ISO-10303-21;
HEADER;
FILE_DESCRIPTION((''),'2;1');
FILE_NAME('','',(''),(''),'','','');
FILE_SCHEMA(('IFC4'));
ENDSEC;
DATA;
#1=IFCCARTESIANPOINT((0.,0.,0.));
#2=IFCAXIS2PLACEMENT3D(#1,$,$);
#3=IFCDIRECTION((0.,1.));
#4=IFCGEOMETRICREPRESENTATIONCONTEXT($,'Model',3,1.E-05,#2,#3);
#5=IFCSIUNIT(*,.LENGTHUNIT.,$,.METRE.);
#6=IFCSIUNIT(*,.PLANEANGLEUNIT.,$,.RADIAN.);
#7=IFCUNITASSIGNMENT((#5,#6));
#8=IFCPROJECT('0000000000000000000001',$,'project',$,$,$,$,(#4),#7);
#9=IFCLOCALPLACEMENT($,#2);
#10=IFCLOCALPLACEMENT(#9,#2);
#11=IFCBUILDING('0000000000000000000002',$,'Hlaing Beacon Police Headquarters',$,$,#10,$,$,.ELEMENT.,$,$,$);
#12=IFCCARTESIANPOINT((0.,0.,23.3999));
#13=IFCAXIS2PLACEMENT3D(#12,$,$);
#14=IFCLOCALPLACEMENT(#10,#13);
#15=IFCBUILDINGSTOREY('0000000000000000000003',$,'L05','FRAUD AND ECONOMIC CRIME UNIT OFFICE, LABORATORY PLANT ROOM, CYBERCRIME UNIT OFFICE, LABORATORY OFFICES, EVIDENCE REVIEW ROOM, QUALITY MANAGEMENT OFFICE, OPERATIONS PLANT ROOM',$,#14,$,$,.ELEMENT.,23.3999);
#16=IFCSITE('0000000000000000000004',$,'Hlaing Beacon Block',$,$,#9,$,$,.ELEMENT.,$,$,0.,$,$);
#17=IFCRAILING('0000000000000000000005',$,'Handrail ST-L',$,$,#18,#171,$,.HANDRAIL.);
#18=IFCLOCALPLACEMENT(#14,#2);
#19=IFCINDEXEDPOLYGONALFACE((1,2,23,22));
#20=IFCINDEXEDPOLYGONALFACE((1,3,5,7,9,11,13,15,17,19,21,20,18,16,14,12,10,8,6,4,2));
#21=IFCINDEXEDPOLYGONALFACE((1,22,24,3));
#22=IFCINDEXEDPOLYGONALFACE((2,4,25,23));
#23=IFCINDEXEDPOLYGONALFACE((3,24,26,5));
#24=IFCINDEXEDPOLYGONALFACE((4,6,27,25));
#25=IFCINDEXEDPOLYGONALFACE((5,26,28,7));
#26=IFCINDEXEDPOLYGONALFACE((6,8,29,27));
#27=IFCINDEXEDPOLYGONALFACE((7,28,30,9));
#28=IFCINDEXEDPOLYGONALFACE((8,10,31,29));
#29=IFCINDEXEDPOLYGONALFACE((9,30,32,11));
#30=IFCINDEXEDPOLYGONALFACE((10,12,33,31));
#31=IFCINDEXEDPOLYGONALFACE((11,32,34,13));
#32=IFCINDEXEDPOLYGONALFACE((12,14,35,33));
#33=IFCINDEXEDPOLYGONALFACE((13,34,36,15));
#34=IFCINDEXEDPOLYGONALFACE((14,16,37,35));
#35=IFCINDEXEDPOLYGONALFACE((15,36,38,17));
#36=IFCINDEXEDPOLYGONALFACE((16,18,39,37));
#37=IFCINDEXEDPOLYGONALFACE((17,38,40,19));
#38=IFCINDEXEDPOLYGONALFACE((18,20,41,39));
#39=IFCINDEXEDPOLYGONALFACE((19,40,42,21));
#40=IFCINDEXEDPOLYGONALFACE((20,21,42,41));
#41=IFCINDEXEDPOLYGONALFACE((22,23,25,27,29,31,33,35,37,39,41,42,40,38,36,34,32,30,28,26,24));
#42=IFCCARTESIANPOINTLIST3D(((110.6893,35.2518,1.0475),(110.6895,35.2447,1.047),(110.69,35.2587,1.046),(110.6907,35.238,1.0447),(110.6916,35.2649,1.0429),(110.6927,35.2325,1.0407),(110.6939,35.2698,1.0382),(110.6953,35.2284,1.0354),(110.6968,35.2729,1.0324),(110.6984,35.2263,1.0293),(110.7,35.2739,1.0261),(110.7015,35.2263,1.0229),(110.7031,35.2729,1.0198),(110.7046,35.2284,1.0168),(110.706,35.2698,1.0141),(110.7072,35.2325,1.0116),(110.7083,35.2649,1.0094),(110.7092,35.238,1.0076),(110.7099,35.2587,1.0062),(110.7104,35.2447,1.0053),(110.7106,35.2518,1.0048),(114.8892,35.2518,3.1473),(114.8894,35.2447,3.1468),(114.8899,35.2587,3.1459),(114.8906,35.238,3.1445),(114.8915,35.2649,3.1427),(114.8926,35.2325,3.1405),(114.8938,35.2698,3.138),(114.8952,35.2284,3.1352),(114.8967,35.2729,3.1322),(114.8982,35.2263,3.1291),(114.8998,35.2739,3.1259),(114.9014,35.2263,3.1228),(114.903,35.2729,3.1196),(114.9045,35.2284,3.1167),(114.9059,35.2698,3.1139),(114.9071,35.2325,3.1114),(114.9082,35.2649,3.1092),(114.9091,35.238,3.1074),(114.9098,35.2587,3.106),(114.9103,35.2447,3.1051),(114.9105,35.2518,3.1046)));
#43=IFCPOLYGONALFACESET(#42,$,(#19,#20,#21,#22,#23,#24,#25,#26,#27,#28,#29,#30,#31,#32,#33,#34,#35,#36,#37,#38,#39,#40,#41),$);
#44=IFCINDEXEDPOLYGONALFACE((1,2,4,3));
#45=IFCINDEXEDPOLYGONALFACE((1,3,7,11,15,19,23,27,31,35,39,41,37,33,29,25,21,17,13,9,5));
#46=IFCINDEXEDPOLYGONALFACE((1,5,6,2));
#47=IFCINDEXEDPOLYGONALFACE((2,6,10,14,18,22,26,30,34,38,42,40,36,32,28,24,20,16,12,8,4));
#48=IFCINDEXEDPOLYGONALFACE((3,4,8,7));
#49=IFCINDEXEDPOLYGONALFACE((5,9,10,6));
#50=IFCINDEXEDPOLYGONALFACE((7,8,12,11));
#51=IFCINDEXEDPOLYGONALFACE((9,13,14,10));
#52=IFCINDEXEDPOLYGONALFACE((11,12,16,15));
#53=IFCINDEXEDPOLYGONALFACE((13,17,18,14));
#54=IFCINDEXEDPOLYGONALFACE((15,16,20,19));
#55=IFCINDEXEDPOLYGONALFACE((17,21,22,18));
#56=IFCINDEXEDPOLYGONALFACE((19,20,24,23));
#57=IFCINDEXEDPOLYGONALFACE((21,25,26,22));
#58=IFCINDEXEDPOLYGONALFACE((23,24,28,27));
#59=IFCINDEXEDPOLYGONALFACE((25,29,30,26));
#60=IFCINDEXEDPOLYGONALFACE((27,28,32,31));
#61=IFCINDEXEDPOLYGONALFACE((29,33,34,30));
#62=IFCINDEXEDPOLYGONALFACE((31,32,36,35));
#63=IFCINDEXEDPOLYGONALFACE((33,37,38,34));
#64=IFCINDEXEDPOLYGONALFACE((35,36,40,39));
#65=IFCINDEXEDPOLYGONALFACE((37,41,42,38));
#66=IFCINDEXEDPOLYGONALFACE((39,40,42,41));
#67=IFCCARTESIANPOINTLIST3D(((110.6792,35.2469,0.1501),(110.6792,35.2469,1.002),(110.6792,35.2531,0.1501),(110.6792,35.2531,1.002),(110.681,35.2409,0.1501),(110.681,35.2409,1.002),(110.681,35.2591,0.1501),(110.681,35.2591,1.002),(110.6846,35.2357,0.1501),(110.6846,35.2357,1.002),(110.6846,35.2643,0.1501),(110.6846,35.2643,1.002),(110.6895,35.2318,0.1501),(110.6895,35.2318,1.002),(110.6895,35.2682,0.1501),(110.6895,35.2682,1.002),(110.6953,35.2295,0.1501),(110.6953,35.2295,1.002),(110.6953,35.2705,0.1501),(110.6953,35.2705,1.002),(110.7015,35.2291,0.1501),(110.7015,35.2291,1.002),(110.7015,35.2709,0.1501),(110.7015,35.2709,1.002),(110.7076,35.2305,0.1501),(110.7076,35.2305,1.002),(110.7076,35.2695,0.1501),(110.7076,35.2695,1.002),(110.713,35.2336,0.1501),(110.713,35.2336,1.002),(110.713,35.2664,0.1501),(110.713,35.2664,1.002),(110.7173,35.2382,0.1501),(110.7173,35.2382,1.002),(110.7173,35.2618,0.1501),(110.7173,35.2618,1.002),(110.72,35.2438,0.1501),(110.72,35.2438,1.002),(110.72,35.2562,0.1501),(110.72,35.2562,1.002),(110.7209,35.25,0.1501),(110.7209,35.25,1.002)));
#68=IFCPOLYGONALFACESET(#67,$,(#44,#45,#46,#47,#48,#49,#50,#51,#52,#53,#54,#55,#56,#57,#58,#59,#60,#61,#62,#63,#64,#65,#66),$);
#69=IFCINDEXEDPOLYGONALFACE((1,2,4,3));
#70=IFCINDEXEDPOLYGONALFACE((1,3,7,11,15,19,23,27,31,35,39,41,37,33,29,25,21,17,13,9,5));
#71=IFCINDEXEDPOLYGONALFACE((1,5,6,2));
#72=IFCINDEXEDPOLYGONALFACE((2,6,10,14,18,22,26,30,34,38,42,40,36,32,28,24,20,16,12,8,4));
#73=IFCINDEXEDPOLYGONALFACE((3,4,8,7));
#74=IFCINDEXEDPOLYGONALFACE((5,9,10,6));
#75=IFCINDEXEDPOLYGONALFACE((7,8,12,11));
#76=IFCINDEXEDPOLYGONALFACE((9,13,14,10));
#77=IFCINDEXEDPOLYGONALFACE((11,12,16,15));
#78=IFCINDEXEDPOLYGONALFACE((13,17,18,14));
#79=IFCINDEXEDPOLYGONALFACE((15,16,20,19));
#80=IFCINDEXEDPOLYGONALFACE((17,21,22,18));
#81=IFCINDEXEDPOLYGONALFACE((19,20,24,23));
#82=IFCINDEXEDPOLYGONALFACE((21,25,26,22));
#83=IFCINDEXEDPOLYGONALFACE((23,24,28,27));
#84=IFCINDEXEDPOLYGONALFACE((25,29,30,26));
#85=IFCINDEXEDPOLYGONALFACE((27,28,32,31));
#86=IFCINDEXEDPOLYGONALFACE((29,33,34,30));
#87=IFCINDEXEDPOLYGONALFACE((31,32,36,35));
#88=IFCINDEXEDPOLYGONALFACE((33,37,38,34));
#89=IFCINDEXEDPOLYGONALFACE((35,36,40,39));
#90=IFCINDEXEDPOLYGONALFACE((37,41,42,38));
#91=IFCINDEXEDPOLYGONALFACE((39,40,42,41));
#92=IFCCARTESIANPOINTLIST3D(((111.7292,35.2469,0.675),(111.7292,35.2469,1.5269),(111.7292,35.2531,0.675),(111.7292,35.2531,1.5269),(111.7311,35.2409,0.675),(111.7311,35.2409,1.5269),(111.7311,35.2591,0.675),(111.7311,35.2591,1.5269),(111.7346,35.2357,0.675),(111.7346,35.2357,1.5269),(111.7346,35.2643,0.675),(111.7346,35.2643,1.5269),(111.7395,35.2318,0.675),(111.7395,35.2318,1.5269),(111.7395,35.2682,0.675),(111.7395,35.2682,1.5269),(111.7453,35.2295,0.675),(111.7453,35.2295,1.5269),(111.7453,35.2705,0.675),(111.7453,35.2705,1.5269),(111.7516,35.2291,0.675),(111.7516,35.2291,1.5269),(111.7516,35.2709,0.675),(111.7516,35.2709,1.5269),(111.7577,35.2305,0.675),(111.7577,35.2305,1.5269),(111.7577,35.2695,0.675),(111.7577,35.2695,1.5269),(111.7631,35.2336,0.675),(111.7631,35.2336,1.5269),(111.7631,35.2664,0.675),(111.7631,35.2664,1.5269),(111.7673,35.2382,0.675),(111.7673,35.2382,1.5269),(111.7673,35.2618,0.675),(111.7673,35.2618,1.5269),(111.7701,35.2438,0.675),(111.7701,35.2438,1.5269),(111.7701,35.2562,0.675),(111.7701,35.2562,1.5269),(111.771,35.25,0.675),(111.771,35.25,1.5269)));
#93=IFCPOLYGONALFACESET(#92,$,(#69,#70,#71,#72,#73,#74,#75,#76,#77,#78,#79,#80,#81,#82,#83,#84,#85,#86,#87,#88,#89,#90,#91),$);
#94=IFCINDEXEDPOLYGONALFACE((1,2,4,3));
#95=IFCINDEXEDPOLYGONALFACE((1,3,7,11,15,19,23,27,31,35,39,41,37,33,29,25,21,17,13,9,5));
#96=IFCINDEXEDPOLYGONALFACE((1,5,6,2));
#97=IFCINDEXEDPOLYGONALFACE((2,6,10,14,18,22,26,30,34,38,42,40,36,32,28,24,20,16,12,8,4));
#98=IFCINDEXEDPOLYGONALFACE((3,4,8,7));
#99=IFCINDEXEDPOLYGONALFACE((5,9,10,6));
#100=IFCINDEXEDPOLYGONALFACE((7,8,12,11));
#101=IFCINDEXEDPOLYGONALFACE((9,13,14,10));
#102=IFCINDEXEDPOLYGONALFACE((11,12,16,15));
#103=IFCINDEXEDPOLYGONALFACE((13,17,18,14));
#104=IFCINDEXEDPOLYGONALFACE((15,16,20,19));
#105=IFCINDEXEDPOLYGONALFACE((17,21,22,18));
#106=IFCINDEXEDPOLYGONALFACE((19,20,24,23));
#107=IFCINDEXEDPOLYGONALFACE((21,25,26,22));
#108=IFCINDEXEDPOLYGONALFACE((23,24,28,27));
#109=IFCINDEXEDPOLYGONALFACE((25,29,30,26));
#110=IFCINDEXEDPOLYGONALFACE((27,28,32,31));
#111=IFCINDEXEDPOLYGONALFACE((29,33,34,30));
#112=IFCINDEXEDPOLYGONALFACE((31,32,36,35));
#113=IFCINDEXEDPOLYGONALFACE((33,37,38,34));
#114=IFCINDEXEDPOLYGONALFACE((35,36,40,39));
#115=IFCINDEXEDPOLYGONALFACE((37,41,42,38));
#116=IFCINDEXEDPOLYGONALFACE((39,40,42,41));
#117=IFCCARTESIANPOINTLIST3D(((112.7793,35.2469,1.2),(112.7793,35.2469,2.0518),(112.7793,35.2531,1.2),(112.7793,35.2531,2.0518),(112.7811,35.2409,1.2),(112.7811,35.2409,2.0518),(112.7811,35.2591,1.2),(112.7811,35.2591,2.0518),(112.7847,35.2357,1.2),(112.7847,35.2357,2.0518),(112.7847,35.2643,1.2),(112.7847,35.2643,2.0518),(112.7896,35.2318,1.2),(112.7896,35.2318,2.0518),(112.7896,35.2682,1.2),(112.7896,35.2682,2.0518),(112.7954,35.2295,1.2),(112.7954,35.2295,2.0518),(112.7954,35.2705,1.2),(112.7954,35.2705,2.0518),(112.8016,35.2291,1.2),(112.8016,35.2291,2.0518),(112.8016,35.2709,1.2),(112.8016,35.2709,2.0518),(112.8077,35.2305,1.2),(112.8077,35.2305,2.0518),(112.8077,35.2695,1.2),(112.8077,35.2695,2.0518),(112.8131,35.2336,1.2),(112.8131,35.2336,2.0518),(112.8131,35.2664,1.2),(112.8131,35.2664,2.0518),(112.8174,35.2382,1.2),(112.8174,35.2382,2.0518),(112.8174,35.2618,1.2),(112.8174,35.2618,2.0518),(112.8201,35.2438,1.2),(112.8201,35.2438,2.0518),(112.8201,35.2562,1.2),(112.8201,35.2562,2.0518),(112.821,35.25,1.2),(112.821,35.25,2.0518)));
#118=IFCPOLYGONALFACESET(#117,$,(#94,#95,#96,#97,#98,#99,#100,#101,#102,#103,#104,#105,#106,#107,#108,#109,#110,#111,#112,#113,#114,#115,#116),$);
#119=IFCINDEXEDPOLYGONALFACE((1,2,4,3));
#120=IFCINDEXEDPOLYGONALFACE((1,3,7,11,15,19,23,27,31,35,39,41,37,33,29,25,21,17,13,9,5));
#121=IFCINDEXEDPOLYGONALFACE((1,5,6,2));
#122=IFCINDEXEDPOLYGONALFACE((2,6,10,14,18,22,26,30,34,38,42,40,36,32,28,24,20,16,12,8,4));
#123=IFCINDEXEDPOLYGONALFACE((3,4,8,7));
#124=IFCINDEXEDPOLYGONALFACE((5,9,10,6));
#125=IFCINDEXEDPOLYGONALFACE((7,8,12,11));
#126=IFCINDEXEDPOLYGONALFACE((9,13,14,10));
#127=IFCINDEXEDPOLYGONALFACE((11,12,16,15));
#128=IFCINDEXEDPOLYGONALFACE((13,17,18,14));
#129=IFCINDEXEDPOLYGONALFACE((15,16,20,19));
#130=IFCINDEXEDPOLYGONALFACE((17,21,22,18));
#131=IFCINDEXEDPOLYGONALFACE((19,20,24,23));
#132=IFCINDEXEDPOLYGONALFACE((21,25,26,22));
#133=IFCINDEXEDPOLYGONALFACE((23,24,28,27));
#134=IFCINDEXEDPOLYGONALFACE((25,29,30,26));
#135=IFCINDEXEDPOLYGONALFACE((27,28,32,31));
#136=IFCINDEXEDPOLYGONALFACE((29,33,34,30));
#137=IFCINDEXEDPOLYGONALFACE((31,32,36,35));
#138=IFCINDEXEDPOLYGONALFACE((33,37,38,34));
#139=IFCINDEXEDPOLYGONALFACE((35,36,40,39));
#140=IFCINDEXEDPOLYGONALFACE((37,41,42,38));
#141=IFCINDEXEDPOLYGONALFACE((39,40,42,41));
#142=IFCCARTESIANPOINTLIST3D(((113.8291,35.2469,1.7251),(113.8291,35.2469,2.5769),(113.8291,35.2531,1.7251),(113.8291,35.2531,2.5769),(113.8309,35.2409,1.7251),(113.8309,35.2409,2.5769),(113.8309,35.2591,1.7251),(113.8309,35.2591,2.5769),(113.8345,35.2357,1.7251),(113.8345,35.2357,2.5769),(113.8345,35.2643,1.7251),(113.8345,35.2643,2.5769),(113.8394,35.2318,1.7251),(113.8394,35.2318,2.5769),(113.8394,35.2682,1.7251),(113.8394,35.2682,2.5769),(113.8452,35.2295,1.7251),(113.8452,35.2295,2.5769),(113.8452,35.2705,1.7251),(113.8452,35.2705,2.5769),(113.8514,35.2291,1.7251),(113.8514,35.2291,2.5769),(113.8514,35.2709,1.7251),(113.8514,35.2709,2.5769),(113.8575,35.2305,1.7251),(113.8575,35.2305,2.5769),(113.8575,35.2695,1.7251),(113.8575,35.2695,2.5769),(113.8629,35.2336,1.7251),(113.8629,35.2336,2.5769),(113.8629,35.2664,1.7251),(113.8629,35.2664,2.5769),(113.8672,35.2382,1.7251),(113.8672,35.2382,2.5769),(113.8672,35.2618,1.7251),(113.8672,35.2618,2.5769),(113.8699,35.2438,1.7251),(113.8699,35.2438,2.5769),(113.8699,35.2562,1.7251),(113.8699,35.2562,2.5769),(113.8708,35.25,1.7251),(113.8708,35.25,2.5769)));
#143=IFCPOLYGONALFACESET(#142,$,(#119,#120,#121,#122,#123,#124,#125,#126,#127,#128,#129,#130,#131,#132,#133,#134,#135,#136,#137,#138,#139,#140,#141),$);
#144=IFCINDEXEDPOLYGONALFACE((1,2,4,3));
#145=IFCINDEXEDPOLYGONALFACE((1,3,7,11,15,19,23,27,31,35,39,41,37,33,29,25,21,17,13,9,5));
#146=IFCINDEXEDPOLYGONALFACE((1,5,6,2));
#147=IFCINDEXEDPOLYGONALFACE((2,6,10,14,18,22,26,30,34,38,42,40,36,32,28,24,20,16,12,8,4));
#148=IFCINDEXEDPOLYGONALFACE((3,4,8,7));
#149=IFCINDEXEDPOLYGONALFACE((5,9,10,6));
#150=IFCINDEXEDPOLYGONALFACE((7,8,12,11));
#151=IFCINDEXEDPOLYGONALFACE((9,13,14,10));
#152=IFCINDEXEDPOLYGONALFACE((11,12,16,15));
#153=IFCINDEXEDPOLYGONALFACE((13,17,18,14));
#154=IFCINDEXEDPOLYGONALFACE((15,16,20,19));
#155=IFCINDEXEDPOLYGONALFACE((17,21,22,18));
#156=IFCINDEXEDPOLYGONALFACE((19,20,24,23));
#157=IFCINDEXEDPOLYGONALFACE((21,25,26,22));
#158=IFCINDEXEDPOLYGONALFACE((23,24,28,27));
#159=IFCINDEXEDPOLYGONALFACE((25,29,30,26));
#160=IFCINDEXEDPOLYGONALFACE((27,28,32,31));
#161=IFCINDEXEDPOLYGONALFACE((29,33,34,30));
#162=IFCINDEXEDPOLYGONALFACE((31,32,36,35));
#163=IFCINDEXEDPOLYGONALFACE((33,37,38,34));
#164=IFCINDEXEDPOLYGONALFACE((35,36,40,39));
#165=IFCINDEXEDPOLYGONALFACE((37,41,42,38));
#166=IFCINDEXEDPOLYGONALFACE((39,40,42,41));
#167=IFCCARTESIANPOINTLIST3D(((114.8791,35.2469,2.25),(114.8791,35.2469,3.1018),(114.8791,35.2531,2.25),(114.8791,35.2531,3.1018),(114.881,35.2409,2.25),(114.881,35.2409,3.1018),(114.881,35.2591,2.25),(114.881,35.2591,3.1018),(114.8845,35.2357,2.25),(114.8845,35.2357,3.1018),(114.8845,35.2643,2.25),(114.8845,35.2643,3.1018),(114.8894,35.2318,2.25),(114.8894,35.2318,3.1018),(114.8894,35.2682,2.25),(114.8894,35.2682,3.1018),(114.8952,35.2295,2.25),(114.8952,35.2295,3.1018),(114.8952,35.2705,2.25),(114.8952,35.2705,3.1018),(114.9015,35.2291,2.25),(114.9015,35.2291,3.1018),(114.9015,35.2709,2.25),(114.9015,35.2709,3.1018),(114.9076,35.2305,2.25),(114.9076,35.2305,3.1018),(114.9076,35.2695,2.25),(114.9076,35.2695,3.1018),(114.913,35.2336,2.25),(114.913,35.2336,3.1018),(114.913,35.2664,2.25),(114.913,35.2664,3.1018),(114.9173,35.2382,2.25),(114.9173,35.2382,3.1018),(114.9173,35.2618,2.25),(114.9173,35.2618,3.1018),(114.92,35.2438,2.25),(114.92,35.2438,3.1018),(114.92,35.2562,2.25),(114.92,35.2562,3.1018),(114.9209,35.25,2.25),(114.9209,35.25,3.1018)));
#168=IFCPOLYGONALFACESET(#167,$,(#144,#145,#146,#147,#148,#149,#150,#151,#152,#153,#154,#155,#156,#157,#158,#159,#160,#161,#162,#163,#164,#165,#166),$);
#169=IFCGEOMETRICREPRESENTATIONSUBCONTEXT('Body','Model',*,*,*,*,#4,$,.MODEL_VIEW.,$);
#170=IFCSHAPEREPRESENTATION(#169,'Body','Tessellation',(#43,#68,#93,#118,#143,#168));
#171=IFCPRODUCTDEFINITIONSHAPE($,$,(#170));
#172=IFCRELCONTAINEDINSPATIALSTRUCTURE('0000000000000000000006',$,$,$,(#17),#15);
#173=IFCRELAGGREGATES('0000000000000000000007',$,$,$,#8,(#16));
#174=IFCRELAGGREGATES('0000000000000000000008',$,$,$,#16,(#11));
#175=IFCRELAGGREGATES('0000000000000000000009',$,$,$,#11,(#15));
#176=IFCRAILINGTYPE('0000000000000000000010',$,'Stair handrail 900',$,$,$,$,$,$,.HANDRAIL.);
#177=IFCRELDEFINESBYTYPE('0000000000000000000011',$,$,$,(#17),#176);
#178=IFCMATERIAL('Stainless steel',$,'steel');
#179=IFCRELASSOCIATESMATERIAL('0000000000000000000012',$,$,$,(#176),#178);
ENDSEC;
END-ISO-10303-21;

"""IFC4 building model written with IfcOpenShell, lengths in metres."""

from ifc_helpers import new_model, si_unit, direction, frame, origin, origin_2d, place, context, subcontext, project, spatial, circle, extrude, material, type_object, element, save


model = new_model("IFC4")

# Units and contexts
model_context = context("Model", 3, precision=1e-05, world=origin(), true_north=direction((0.0, 1.0)))
body_context = subcontext(model_context, "Body", "Model", "MODEL_VIEW")
ifc_project = project(units=[si_unit("LENGTHUNIT", "METRE"), si_unit("PLANEANGLEUNIT", "RADIAN")], contexts=[model_context])

# Site, building, storey
site_placement = place(None, origin())
site = spatial("IfcSite", under=ifc_project, at=site_placement, Name="Hlaing Beacon Block", CompositionType="ELEMENT", RefElevation=0.0)
building_placement = place(site_placement, origin())
building = spatial("IfcBuilding", under=site, at=building_placement, Name="Hlaing Beacon Police Headquarters", CompositionType="ELEMENT")
storey_placement = place(building_placement, frame((0.0, 0.0, 23.3999)))
storey = spatial("IfcBuildingStorey", under=building, at=storey_placement, Name="L05", Description="FRAUD AND ECONOMIC CRIME UNIT OFFICE, LABORATORY PLANT ROOM, CYBERCRIME UNIT OFFICE, LABORATORY OFFICES, EVIDENCE REVIEW ROOM, QUALITY MANAGEMENT OFFICE, OPERATIONS PLANT ROOM", CompositionType="ELEMENT", Elevation=23.3999)

# Railing
ifc_material_1 = material(Name="Stainless steel", Category="steel")
railing_type_1 = type_object("IfcRailingType", Name="Stair handrail 900", PredefinedType="HANDRAIL", material=ifc_material_1)
railing_1_placement = place(storey_placement, frame((110.7, 35.25, 0.1501)))
element("IfcRailing", 1, at=railing_1_placement, inside=storey, type_object=railing_type_1, Name="Handrail ST-L", PredefinedType="HANDRAIL", context=body_context, shape_type="SweptSolid", body=[
    extrude(circle(Radius=0.0239, at=origin_2d()), frame((0.0, 0.0, 0.876), z_axis=(0.894438, 0.0, 0.447193), x_axis=(0.0, 1.0, 0.0)), (0.0, 0.0, 1.0), 4.6956),
    extrude(circle(Radius=0.021, at=origin_2d()), origin(), (0.0, 0.0, 1.0), 0.8518),
    extrude(circle(Radius=0.021, at=origin_2d()), frame((1.05, 0.0, 0.5249)), (0.0, 0.0, 1.0), 0.8518),
    extrude(circle(Radius=0.021, at=origin_2d()), frame((2.1001, 0.0, 1.0498)), (0.0, 0.0, 1.0), 0.8518),
    extrude(circle(Radius=0.021, at=origin_2d()), frame((3.1499, 0.0, 1.575)), (0.0, 0.0, 1.0), 0.8518),
    extrude(circle(Radius=0.021, at=origin_2d()), frame((4.2, 0.0, 2.0999)), (0.0, 0.0, 1.0), 0.8518),
])

save(model, "model.ifc")
